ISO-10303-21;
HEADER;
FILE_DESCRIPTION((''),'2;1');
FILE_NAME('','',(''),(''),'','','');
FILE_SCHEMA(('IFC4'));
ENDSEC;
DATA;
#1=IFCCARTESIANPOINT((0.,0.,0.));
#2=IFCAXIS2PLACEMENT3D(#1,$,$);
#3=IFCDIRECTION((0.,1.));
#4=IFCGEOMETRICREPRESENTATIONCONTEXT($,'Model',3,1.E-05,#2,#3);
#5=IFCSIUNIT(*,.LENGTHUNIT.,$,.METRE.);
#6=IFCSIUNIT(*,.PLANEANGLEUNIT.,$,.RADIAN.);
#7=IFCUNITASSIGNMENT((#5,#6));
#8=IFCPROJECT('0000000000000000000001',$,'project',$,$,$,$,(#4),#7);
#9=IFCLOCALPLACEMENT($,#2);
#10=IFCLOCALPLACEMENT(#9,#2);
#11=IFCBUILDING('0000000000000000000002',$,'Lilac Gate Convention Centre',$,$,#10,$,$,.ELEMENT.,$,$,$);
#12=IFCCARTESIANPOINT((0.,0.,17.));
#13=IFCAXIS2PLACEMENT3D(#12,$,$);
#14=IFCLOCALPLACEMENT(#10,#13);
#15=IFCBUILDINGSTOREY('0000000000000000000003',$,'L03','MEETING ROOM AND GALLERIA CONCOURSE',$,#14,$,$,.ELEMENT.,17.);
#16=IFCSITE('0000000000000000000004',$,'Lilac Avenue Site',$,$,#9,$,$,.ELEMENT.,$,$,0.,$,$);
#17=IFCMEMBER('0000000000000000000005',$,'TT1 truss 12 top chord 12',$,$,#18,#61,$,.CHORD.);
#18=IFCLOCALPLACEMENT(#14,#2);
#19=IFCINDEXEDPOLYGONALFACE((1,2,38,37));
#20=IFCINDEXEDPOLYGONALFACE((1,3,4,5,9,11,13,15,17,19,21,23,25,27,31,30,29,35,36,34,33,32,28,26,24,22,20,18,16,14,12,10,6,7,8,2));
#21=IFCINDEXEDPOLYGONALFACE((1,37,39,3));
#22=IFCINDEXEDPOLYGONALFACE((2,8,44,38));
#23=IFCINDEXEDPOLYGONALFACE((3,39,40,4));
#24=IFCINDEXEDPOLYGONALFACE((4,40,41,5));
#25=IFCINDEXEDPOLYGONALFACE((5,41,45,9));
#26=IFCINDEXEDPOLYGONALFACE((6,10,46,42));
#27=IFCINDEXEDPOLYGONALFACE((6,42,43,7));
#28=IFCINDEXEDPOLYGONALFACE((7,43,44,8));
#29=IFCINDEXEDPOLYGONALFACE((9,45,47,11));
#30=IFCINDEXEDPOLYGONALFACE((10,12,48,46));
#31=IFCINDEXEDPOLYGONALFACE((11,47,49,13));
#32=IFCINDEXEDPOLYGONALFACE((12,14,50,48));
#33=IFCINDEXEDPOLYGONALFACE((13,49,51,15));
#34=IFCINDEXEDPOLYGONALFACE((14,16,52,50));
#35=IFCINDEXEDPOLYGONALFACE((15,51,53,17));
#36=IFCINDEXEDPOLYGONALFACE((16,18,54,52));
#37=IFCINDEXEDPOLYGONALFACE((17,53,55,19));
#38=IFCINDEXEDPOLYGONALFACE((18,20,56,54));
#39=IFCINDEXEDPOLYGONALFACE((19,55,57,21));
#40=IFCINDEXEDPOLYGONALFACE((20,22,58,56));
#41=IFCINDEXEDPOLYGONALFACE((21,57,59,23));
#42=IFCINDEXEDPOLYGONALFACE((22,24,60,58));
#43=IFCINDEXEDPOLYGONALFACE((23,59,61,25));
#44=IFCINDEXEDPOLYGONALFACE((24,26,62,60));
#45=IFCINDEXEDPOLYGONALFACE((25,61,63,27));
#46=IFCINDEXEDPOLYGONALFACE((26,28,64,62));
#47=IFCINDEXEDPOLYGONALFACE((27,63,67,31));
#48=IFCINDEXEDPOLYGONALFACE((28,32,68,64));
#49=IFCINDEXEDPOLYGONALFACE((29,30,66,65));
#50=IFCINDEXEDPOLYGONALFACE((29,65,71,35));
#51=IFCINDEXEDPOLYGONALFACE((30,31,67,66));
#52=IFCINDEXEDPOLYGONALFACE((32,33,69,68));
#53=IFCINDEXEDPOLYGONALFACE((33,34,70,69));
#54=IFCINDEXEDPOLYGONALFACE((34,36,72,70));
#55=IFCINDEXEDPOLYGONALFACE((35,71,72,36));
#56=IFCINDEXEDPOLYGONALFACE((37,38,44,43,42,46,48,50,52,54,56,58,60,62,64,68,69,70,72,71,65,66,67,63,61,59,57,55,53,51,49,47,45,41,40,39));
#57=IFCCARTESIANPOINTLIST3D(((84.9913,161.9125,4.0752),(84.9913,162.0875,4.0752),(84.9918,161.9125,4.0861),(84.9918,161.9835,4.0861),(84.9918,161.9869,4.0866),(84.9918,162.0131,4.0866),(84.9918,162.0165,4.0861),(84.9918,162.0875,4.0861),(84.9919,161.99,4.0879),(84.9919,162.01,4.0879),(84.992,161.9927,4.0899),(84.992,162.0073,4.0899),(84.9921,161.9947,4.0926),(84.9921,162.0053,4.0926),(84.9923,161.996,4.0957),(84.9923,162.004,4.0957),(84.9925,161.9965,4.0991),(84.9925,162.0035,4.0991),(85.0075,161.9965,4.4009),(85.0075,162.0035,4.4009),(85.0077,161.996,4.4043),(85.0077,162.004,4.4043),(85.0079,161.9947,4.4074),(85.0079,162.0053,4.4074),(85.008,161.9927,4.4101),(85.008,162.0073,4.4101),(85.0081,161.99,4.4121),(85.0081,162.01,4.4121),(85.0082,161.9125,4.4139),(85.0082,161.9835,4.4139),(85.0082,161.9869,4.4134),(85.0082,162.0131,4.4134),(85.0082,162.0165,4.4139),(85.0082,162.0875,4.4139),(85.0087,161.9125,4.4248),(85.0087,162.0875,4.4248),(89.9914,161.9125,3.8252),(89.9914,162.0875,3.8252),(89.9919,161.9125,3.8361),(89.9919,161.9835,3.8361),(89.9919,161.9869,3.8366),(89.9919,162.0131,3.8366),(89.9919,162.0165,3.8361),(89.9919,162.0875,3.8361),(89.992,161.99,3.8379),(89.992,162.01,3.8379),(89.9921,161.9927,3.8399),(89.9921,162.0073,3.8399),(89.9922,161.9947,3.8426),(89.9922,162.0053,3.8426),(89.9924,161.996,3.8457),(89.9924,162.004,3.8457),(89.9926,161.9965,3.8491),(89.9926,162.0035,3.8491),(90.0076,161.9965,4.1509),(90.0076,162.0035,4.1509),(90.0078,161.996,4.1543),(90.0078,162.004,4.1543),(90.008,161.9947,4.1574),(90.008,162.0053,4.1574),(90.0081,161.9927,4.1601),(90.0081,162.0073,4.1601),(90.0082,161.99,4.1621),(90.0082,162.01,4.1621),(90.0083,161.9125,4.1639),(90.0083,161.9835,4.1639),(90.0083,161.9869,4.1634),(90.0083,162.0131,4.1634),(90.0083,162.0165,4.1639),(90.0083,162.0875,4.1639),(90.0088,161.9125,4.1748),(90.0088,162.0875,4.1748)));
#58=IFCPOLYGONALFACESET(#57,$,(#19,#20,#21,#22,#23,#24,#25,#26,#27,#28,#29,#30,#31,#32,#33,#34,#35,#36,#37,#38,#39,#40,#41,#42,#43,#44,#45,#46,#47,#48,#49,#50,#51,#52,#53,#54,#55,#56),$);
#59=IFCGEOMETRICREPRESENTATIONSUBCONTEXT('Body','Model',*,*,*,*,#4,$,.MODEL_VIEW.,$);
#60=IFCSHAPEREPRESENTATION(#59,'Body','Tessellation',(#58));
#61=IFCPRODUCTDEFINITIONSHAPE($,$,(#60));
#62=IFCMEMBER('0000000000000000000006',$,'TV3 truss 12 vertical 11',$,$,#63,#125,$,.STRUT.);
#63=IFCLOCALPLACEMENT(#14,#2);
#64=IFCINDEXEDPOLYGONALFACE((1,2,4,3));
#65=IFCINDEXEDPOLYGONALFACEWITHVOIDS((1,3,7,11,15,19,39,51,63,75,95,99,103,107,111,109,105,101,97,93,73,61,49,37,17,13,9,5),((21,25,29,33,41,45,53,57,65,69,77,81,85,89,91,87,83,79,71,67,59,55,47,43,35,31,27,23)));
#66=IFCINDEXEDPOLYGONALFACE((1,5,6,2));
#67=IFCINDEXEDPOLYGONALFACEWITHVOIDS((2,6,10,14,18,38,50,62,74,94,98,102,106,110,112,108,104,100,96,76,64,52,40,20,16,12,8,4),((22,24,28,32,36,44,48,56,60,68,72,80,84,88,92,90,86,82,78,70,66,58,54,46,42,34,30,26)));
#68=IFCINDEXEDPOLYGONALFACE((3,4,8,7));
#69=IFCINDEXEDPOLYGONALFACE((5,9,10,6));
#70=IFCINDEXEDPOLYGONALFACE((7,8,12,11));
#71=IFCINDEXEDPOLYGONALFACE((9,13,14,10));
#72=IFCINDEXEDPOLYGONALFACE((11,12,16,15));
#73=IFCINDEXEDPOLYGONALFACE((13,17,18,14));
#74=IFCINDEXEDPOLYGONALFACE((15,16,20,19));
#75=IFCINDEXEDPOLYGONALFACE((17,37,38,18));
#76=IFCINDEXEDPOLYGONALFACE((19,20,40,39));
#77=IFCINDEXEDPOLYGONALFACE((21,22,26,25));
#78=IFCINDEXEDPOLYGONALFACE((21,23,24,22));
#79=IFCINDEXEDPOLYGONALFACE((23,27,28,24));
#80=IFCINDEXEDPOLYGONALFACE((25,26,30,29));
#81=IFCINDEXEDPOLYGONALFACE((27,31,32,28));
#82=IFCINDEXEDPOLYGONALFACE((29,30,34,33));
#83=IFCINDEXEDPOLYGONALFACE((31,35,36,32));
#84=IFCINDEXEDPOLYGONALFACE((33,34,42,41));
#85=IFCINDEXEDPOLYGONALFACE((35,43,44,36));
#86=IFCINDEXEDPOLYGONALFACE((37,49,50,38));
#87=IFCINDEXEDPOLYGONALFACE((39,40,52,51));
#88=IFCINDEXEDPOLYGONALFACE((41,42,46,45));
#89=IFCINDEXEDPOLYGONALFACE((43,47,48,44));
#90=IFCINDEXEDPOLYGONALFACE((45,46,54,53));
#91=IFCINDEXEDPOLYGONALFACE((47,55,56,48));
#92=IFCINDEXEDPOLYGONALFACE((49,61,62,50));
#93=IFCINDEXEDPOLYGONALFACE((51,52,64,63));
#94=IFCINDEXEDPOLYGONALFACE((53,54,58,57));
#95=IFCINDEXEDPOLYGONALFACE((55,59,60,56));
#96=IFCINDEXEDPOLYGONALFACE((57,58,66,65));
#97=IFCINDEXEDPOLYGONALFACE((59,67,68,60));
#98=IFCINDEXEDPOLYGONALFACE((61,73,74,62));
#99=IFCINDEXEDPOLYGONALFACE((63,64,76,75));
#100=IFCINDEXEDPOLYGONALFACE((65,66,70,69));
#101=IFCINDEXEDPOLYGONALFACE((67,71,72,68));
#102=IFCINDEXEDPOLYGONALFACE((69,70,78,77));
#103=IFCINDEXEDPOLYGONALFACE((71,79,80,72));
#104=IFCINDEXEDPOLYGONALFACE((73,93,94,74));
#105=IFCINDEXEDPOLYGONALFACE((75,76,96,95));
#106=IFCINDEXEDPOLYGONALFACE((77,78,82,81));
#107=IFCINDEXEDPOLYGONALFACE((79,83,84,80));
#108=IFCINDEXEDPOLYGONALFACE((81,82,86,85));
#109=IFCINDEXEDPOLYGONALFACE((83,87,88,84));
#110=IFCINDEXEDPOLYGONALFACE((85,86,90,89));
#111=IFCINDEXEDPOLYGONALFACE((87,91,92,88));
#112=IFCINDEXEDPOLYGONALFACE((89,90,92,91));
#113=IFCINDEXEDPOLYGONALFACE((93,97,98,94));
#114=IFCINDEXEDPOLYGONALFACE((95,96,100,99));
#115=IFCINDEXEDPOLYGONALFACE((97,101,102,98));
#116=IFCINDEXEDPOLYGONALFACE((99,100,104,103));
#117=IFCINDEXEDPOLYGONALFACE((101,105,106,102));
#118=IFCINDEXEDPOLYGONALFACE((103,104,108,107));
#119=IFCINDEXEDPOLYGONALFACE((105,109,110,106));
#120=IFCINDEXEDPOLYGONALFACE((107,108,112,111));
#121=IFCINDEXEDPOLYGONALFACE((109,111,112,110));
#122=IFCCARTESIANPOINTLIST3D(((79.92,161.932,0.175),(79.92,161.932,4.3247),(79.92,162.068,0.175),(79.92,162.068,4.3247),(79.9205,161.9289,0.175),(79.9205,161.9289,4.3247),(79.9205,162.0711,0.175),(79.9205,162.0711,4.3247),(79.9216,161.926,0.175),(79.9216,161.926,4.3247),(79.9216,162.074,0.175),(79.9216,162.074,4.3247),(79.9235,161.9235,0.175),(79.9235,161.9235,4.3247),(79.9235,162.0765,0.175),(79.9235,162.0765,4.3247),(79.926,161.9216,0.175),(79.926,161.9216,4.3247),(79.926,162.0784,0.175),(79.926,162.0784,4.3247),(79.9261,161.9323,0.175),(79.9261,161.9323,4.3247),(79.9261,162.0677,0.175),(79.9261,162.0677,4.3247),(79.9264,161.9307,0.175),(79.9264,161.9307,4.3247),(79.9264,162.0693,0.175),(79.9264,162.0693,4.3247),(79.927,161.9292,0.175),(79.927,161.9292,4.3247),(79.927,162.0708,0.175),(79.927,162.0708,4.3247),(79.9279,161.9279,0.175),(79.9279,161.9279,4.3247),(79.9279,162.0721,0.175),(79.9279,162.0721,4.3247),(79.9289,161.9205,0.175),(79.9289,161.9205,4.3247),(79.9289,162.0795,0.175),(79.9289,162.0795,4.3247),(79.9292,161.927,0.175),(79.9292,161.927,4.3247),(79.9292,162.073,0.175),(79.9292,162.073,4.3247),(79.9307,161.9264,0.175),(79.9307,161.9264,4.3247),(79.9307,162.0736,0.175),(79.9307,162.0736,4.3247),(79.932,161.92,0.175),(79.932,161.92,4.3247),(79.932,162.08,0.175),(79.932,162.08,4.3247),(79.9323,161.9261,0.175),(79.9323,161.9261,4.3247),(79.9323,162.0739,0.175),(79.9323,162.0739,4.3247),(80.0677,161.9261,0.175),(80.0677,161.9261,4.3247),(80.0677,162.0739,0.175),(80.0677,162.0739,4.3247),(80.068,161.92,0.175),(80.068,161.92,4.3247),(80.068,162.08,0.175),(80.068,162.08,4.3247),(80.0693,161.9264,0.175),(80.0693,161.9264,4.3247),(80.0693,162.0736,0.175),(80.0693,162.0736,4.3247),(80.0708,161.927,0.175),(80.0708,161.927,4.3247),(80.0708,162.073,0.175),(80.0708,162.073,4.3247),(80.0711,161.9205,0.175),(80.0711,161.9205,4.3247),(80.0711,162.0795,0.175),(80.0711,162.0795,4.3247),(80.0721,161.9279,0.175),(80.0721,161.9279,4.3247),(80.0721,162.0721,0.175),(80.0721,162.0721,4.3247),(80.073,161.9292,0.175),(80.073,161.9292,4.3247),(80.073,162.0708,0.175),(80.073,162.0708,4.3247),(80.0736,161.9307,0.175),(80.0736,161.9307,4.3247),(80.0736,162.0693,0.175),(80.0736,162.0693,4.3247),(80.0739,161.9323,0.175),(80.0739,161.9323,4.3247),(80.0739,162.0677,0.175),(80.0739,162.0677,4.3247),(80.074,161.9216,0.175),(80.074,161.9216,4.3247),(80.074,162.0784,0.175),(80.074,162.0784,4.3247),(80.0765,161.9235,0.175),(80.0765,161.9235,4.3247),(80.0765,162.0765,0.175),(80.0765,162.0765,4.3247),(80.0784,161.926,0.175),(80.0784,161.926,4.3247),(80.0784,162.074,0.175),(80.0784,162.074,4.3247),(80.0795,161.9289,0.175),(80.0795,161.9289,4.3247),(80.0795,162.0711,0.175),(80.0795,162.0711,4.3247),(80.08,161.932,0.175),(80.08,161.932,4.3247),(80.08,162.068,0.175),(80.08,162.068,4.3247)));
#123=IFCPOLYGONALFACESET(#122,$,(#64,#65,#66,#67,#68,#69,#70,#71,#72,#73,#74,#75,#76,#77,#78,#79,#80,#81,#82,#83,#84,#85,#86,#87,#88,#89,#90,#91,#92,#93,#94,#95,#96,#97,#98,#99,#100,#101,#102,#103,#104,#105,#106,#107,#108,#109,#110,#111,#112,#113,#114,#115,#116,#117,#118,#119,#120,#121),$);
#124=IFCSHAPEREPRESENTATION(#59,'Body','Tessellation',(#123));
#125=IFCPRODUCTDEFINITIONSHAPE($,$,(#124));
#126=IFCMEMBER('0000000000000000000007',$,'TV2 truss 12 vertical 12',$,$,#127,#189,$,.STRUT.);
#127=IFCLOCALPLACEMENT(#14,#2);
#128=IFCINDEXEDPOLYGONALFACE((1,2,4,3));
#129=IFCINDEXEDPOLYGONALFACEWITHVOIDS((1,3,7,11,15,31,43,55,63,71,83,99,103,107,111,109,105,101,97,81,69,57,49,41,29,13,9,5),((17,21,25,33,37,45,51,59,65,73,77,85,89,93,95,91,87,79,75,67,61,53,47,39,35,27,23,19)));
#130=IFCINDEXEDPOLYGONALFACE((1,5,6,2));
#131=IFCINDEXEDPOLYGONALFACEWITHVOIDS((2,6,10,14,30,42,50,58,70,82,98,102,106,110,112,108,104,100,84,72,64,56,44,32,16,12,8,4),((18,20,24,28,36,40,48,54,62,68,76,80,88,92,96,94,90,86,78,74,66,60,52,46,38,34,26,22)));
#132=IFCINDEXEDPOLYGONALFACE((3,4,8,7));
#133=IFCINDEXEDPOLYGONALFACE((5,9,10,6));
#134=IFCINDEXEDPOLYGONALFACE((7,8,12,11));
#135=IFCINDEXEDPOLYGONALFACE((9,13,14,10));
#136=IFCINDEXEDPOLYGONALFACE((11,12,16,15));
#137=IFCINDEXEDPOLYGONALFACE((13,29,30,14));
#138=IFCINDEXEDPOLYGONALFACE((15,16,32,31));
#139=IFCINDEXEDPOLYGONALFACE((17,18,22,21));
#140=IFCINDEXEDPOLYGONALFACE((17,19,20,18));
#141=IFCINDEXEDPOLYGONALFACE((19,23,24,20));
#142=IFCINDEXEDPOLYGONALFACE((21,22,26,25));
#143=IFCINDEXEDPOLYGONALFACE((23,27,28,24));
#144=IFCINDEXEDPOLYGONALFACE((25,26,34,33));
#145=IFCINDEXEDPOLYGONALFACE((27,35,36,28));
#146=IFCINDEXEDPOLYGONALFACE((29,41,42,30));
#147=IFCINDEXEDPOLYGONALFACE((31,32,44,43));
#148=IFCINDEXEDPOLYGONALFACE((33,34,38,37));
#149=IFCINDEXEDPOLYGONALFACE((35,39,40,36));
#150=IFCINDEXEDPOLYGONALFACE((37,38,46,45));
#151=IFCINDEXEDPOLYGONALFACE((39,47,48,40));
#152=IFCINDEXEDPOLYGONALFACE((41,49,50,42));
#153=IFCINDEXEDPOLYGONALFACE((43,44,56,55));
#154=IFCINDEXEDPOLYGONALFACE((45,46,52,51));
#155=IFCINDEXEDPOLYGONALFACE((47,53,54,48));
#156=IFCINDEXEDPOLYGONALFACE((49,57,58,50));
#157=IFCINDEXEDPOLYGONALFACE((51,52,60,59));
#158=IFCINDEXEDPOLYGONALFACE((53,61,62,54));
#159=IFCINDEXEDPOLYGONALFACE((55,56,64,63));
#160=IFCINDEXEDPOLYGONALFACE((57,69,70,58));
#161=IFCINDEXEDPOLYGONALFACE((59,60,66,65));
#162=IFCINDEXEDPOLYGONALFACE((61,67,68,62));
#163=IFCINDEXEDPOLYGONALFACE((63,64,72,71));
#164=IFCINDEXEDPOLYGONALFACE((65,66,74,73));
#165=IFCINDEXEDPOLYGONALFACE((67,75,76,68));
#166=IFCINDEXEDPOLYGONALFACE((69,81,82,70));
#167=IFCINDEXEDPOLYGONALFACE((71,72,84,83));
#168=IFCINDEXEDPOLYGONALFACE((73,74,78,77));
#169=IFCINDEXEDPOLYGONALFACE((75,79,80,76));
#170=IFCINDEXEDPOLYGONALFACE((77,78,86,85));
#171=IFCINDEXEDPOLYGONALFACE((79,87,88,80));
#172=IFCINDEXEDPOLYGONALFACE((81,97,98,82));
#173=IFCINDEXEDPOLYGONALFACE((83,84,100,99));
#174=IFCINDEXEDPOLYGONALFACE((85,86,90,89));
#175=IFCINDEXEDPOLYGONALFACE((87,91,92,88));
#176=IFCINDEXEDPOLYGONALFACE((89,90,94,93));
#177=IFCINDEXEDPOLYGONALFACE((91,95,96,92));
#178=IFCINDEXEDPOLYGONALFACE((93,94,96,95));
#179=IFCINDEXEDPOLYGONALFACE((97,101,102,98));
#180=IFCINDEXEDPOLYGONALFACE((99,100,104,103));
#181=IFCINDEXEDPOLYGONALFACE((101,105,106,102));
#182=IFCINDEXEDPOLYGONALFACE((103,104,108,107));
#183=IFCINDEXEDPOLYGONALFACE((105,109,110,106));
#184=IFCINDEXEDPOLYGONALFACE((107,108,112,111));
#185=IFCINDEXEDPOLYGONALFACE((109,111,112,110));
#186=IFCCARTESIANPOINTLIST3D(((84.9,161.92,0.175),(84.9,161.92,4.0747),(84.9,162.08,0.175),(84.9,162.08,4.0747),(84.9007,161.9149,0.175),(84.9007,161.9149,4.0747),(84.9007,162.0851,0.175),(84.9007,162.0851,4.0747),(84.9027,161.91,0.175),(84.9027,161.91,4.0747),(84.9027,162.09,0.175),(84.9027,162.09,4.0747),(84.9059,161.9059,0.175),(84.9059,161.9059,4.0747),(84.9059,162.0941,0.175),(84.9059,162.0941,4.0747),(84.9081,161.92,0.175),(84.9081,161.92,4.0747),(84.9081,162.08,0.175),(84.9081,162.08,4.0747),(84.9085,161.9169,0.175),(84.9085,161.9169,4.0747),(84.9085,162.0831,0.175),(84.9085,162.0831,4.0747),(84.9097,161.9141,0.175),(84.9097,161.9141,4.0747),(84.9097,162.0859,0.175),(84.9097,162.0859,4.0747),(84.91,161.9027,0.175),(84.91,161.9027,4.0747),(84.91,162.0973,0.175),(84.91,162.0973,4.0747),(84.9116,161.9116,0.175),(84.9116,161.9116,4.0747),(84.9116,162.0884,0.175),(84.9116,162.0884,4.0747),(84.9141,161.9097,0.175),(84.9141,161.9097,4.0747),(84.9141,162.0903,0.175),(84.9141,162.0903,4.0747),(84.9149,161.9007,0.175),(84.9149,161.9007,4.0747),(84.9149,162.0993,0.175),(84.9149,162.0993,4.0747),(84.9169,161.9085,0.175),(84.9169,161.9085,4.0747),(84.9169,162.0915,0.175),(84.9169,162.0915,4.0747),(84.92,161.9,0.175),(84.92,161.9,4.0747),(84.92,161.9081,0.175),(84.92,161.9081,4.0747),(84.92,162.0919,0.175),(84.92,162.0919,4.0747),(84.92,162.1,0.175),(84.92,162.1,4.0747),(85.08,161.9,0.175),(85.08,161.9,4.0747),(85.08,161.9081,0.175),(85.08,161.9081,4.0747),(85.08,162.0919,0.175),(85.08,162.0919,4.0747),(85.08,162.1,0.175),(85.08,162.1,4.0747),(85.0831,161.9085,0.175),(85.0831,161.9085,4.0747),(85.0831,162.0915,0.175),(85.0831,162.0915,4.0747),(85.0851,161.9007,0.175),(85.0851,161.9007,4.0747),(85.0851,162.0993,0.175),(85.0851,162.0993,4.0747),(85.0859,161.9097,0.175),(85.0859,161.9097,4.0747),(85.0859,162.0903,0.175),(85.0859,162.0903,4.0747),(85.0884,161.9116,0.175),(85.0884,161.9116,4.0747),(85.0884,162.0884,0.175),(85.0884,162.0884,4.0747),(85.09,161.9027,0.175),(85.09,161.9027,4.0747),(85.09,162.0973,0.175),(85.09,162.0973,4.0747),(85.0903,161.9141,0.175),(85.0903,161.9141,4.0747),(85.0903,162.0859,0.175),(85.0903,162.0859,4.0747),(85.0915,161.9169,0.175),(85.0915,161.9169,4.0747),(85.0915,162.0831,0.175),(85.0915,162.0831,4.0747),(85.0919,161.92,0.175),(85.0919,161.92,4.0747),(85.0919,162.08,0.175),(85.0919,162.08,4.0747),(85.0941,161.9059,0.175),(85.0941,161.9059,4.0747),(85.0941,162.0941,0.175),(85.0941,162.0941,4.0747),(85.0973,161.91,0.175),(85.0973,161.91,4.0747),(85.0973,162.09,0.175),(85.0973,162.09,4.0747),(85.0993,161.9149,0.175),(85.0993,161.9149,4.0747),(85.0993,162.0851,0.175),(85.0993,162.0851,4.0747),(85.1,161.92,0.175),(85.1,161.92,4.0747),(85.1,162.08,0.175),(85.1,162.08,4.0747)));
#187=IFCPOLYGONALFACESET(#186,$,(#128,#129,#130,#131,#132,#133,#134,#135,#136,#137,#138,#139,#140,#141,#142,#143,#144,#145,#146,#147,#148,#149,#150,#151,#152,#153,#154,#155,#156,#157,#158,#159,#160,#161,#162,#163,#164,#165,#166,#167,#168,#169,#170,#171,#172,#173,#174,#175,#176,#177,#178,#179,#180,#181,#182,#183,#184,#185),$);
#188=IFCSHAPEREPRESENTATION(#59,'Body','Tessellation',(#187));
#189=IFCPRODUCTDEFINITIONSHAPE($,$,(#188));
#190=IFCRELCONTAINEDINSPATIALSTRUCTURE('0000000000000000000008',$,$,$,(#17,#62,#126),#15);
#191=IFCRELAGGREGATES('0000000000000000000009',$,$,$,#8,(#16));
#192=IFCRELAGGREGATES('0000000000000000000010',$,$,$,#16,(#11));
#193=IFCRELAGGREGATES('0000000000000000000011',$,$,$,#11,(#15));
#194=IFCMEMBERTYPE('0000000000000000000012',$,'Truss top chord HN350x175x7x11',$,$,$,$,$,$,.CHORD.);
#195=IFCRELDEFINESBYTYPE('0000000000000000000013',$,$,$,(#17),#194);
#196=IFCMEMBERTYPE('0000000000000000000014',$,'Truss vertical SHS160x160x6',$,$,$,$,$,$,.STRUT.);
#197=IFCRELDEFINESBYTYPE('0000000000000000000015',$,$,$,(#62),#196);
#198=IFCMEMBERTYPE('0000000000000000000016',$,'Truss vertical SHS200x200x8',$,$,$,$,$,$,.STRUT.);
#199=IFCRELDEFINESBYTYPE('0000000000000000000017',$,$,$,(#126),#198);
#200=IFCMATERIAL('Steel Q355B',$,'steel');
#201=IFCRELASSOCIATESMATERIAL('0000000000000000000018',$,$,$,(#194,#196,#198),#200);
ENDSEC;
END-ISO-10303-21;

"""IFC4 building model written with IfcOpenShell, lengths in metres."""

from ifc_helpers import new_model, si_unit, direction, frame, origin, origin_2d, place, context, subcontext, project, spatial, hollow_rectangle, i_section, extrude, material, material_profile, profile_set, type_object, element, save


model = new_model("IFC4")

# Units and contexts
model_context = context("Model", 3, precision=1e-05, world=origin(), true_north=direction((0.0, 1.0)))
body_context = subcontext(model_context, "Body", "Model", "MODEL_VIEW")
ifc_project = project(units=[si_unit("LENGTHUNIT", "METRE"), si_unit("PLANEANGLEUNIT", "RADIAN")], contexts=[model_context])

# Site, building, storey
site_placement = place(None, origin())
site = spatial("IfcSite", under=ifc_project, at=site_placement, Name="Lilac Avenue Site", CompositionType="ELEMENT", RefElevation=0.0)
building_placement = place(site_placement, origin())
building = spatial("IfcBuilding", under=site, at=building_placement, Name="Lilac Gate Convention Centre", CompositionType="ELEMENT")
storey_placement = place(building_placement, frame((0.0, 0.0, 17.0)))
storey = spatial("IfcBuildingStorey", under=building, at=storey_placement, Name="L03", Description="MEETING ROOM AND GALLERIA CONCOURSE", CompositionType="ELEMENT", Elevation=17.0)

# Members
ifc_material_1 = material(Name="Steel Q355B", Category="steel")
ifc_material_profile_1 = material_profile(ifc_material_1, i_section(OverallWidth=0.175, OverallDepth=0.3501, WebThickness=0.0071, FlangeThickness=0.011, FilletRadius=0.0129, at=origin_2d()), Name="HN350x175x7x11")
ifc_profile_set_1 = profile_set([ifc_material_profile_1], Name="Steel Q355B")
member_type_1 = type_object("IfcMemberType", Name="Truss top chord HN350x175x7x11", PredefinedType="CHORD", material=ifc_profile_set_1)
for number, where, z_axis, x_axis, name in (
    (1, (85.0, 162.0, 4.25), (0.998752, 0.0, -0.049938), (0.0, 1.0, 0.0), "TT1 truss 12 top chord 12"),
):
    element("IfcMember", number, at=place(storey_placement, frame(where, z_axis=z_axis, x_axis=x_axis)), inside=storey, type_object=member_type_1, Name=name, PredefinedType="CHORD", context=body_context, shape_type="SweptSolid", body=[
        extrude(i_section(OverallWidth=0.175, OverallDepth=0.3501, WebThickness=0.0071, FlangeThickness=0.011, FilletRadius=0.0129, at=origin_2d()), origin(), (0.0, 0.0, 1.0), 5.0063),
    ])
ifc_material_profile_2 = material_profile(ifc_material_1, hollow_rectangle(XDim=0.1599, YDim=0.1599, WallThickness=0.0061, InnerFilletRadius=0.0061, OuterFilletRadius=0.012, at=origin_2d()), Name="SHS160x160x6")
ifc_profile_set_2 = profile_set([ifc_material_profile_2], Name="Steel Q355B")
member_type_2 = type_object("IfcMemberType", Name="Truss vertical SHS160x160x6", PredefinedType="STRUT", material=ifc_profile_set_2)
member_1_placement = place(storey_placement, frame((80.0, 162.0, 0.175), z_axis=(0.0, 0.0, 1.0), x_axis=(1.0, 0.0, 0.0)))
element("IfcMember", 2, at=member_1_placement, inside=storey, type_object=member_type_2, Name="TV3 truss 12 vertical 11", PredefinedType="STRUT", context=body_context, shape_type="SweptSolid", body=[
    extrude(hollow_rectangle(XDim=0.1599, YDim=0.1599, WallThickness=0.0061, InnerFilletRadius=0.0061, OuterFilletRadius=0.012, at=origin_2d()), origin(), (0.0, 0.0, 1.0), 4.1497),
])
ifc_material_profile_3 = material_profile(ifc_material_1, hollow_rectangle(XDim=0.2, YDim=0.2, WallThickness=0.0081, InnerFilletRadius=0.012, OuterFilletRadius=0.02, at=origin_2d()), Name="SHS200x200x8")
ifc_profile_set_3 = profile_set([ifc_material_profile_3], Name="Steel Q355B")
member_type_3 = type_object("IfcMemberType", Name="Truss vertical SHS200x200x8", PredefinedType="STRUT", material=ifc_profile_set_3)
member_2_placement = place(storey_placement, frame((85.0, 162.0, 0.175), z_axis=(0.0, 0.0, 1.0), x_axis=(1.0, 0.0, 0.0)))
element("IfcMember", 3, at=member_2_placement, inside=storey, type_object=member_type_3, Name="TV2 truss 12 vertical 12", PredefinedType="STRUT", context=body_context, shape_type="SweptSolid", body=[
    extrude(hollow_rectangle(XDim=0.2, YDim=0.2, WallThickness=0.0081, InnerFilletRadius=0.012, OuterFilletRadius=0.02, at=origin_2d()), origin(), (0.0, 0.0, 1.0), 3.8997),
])

save(model, "model.ifc")
